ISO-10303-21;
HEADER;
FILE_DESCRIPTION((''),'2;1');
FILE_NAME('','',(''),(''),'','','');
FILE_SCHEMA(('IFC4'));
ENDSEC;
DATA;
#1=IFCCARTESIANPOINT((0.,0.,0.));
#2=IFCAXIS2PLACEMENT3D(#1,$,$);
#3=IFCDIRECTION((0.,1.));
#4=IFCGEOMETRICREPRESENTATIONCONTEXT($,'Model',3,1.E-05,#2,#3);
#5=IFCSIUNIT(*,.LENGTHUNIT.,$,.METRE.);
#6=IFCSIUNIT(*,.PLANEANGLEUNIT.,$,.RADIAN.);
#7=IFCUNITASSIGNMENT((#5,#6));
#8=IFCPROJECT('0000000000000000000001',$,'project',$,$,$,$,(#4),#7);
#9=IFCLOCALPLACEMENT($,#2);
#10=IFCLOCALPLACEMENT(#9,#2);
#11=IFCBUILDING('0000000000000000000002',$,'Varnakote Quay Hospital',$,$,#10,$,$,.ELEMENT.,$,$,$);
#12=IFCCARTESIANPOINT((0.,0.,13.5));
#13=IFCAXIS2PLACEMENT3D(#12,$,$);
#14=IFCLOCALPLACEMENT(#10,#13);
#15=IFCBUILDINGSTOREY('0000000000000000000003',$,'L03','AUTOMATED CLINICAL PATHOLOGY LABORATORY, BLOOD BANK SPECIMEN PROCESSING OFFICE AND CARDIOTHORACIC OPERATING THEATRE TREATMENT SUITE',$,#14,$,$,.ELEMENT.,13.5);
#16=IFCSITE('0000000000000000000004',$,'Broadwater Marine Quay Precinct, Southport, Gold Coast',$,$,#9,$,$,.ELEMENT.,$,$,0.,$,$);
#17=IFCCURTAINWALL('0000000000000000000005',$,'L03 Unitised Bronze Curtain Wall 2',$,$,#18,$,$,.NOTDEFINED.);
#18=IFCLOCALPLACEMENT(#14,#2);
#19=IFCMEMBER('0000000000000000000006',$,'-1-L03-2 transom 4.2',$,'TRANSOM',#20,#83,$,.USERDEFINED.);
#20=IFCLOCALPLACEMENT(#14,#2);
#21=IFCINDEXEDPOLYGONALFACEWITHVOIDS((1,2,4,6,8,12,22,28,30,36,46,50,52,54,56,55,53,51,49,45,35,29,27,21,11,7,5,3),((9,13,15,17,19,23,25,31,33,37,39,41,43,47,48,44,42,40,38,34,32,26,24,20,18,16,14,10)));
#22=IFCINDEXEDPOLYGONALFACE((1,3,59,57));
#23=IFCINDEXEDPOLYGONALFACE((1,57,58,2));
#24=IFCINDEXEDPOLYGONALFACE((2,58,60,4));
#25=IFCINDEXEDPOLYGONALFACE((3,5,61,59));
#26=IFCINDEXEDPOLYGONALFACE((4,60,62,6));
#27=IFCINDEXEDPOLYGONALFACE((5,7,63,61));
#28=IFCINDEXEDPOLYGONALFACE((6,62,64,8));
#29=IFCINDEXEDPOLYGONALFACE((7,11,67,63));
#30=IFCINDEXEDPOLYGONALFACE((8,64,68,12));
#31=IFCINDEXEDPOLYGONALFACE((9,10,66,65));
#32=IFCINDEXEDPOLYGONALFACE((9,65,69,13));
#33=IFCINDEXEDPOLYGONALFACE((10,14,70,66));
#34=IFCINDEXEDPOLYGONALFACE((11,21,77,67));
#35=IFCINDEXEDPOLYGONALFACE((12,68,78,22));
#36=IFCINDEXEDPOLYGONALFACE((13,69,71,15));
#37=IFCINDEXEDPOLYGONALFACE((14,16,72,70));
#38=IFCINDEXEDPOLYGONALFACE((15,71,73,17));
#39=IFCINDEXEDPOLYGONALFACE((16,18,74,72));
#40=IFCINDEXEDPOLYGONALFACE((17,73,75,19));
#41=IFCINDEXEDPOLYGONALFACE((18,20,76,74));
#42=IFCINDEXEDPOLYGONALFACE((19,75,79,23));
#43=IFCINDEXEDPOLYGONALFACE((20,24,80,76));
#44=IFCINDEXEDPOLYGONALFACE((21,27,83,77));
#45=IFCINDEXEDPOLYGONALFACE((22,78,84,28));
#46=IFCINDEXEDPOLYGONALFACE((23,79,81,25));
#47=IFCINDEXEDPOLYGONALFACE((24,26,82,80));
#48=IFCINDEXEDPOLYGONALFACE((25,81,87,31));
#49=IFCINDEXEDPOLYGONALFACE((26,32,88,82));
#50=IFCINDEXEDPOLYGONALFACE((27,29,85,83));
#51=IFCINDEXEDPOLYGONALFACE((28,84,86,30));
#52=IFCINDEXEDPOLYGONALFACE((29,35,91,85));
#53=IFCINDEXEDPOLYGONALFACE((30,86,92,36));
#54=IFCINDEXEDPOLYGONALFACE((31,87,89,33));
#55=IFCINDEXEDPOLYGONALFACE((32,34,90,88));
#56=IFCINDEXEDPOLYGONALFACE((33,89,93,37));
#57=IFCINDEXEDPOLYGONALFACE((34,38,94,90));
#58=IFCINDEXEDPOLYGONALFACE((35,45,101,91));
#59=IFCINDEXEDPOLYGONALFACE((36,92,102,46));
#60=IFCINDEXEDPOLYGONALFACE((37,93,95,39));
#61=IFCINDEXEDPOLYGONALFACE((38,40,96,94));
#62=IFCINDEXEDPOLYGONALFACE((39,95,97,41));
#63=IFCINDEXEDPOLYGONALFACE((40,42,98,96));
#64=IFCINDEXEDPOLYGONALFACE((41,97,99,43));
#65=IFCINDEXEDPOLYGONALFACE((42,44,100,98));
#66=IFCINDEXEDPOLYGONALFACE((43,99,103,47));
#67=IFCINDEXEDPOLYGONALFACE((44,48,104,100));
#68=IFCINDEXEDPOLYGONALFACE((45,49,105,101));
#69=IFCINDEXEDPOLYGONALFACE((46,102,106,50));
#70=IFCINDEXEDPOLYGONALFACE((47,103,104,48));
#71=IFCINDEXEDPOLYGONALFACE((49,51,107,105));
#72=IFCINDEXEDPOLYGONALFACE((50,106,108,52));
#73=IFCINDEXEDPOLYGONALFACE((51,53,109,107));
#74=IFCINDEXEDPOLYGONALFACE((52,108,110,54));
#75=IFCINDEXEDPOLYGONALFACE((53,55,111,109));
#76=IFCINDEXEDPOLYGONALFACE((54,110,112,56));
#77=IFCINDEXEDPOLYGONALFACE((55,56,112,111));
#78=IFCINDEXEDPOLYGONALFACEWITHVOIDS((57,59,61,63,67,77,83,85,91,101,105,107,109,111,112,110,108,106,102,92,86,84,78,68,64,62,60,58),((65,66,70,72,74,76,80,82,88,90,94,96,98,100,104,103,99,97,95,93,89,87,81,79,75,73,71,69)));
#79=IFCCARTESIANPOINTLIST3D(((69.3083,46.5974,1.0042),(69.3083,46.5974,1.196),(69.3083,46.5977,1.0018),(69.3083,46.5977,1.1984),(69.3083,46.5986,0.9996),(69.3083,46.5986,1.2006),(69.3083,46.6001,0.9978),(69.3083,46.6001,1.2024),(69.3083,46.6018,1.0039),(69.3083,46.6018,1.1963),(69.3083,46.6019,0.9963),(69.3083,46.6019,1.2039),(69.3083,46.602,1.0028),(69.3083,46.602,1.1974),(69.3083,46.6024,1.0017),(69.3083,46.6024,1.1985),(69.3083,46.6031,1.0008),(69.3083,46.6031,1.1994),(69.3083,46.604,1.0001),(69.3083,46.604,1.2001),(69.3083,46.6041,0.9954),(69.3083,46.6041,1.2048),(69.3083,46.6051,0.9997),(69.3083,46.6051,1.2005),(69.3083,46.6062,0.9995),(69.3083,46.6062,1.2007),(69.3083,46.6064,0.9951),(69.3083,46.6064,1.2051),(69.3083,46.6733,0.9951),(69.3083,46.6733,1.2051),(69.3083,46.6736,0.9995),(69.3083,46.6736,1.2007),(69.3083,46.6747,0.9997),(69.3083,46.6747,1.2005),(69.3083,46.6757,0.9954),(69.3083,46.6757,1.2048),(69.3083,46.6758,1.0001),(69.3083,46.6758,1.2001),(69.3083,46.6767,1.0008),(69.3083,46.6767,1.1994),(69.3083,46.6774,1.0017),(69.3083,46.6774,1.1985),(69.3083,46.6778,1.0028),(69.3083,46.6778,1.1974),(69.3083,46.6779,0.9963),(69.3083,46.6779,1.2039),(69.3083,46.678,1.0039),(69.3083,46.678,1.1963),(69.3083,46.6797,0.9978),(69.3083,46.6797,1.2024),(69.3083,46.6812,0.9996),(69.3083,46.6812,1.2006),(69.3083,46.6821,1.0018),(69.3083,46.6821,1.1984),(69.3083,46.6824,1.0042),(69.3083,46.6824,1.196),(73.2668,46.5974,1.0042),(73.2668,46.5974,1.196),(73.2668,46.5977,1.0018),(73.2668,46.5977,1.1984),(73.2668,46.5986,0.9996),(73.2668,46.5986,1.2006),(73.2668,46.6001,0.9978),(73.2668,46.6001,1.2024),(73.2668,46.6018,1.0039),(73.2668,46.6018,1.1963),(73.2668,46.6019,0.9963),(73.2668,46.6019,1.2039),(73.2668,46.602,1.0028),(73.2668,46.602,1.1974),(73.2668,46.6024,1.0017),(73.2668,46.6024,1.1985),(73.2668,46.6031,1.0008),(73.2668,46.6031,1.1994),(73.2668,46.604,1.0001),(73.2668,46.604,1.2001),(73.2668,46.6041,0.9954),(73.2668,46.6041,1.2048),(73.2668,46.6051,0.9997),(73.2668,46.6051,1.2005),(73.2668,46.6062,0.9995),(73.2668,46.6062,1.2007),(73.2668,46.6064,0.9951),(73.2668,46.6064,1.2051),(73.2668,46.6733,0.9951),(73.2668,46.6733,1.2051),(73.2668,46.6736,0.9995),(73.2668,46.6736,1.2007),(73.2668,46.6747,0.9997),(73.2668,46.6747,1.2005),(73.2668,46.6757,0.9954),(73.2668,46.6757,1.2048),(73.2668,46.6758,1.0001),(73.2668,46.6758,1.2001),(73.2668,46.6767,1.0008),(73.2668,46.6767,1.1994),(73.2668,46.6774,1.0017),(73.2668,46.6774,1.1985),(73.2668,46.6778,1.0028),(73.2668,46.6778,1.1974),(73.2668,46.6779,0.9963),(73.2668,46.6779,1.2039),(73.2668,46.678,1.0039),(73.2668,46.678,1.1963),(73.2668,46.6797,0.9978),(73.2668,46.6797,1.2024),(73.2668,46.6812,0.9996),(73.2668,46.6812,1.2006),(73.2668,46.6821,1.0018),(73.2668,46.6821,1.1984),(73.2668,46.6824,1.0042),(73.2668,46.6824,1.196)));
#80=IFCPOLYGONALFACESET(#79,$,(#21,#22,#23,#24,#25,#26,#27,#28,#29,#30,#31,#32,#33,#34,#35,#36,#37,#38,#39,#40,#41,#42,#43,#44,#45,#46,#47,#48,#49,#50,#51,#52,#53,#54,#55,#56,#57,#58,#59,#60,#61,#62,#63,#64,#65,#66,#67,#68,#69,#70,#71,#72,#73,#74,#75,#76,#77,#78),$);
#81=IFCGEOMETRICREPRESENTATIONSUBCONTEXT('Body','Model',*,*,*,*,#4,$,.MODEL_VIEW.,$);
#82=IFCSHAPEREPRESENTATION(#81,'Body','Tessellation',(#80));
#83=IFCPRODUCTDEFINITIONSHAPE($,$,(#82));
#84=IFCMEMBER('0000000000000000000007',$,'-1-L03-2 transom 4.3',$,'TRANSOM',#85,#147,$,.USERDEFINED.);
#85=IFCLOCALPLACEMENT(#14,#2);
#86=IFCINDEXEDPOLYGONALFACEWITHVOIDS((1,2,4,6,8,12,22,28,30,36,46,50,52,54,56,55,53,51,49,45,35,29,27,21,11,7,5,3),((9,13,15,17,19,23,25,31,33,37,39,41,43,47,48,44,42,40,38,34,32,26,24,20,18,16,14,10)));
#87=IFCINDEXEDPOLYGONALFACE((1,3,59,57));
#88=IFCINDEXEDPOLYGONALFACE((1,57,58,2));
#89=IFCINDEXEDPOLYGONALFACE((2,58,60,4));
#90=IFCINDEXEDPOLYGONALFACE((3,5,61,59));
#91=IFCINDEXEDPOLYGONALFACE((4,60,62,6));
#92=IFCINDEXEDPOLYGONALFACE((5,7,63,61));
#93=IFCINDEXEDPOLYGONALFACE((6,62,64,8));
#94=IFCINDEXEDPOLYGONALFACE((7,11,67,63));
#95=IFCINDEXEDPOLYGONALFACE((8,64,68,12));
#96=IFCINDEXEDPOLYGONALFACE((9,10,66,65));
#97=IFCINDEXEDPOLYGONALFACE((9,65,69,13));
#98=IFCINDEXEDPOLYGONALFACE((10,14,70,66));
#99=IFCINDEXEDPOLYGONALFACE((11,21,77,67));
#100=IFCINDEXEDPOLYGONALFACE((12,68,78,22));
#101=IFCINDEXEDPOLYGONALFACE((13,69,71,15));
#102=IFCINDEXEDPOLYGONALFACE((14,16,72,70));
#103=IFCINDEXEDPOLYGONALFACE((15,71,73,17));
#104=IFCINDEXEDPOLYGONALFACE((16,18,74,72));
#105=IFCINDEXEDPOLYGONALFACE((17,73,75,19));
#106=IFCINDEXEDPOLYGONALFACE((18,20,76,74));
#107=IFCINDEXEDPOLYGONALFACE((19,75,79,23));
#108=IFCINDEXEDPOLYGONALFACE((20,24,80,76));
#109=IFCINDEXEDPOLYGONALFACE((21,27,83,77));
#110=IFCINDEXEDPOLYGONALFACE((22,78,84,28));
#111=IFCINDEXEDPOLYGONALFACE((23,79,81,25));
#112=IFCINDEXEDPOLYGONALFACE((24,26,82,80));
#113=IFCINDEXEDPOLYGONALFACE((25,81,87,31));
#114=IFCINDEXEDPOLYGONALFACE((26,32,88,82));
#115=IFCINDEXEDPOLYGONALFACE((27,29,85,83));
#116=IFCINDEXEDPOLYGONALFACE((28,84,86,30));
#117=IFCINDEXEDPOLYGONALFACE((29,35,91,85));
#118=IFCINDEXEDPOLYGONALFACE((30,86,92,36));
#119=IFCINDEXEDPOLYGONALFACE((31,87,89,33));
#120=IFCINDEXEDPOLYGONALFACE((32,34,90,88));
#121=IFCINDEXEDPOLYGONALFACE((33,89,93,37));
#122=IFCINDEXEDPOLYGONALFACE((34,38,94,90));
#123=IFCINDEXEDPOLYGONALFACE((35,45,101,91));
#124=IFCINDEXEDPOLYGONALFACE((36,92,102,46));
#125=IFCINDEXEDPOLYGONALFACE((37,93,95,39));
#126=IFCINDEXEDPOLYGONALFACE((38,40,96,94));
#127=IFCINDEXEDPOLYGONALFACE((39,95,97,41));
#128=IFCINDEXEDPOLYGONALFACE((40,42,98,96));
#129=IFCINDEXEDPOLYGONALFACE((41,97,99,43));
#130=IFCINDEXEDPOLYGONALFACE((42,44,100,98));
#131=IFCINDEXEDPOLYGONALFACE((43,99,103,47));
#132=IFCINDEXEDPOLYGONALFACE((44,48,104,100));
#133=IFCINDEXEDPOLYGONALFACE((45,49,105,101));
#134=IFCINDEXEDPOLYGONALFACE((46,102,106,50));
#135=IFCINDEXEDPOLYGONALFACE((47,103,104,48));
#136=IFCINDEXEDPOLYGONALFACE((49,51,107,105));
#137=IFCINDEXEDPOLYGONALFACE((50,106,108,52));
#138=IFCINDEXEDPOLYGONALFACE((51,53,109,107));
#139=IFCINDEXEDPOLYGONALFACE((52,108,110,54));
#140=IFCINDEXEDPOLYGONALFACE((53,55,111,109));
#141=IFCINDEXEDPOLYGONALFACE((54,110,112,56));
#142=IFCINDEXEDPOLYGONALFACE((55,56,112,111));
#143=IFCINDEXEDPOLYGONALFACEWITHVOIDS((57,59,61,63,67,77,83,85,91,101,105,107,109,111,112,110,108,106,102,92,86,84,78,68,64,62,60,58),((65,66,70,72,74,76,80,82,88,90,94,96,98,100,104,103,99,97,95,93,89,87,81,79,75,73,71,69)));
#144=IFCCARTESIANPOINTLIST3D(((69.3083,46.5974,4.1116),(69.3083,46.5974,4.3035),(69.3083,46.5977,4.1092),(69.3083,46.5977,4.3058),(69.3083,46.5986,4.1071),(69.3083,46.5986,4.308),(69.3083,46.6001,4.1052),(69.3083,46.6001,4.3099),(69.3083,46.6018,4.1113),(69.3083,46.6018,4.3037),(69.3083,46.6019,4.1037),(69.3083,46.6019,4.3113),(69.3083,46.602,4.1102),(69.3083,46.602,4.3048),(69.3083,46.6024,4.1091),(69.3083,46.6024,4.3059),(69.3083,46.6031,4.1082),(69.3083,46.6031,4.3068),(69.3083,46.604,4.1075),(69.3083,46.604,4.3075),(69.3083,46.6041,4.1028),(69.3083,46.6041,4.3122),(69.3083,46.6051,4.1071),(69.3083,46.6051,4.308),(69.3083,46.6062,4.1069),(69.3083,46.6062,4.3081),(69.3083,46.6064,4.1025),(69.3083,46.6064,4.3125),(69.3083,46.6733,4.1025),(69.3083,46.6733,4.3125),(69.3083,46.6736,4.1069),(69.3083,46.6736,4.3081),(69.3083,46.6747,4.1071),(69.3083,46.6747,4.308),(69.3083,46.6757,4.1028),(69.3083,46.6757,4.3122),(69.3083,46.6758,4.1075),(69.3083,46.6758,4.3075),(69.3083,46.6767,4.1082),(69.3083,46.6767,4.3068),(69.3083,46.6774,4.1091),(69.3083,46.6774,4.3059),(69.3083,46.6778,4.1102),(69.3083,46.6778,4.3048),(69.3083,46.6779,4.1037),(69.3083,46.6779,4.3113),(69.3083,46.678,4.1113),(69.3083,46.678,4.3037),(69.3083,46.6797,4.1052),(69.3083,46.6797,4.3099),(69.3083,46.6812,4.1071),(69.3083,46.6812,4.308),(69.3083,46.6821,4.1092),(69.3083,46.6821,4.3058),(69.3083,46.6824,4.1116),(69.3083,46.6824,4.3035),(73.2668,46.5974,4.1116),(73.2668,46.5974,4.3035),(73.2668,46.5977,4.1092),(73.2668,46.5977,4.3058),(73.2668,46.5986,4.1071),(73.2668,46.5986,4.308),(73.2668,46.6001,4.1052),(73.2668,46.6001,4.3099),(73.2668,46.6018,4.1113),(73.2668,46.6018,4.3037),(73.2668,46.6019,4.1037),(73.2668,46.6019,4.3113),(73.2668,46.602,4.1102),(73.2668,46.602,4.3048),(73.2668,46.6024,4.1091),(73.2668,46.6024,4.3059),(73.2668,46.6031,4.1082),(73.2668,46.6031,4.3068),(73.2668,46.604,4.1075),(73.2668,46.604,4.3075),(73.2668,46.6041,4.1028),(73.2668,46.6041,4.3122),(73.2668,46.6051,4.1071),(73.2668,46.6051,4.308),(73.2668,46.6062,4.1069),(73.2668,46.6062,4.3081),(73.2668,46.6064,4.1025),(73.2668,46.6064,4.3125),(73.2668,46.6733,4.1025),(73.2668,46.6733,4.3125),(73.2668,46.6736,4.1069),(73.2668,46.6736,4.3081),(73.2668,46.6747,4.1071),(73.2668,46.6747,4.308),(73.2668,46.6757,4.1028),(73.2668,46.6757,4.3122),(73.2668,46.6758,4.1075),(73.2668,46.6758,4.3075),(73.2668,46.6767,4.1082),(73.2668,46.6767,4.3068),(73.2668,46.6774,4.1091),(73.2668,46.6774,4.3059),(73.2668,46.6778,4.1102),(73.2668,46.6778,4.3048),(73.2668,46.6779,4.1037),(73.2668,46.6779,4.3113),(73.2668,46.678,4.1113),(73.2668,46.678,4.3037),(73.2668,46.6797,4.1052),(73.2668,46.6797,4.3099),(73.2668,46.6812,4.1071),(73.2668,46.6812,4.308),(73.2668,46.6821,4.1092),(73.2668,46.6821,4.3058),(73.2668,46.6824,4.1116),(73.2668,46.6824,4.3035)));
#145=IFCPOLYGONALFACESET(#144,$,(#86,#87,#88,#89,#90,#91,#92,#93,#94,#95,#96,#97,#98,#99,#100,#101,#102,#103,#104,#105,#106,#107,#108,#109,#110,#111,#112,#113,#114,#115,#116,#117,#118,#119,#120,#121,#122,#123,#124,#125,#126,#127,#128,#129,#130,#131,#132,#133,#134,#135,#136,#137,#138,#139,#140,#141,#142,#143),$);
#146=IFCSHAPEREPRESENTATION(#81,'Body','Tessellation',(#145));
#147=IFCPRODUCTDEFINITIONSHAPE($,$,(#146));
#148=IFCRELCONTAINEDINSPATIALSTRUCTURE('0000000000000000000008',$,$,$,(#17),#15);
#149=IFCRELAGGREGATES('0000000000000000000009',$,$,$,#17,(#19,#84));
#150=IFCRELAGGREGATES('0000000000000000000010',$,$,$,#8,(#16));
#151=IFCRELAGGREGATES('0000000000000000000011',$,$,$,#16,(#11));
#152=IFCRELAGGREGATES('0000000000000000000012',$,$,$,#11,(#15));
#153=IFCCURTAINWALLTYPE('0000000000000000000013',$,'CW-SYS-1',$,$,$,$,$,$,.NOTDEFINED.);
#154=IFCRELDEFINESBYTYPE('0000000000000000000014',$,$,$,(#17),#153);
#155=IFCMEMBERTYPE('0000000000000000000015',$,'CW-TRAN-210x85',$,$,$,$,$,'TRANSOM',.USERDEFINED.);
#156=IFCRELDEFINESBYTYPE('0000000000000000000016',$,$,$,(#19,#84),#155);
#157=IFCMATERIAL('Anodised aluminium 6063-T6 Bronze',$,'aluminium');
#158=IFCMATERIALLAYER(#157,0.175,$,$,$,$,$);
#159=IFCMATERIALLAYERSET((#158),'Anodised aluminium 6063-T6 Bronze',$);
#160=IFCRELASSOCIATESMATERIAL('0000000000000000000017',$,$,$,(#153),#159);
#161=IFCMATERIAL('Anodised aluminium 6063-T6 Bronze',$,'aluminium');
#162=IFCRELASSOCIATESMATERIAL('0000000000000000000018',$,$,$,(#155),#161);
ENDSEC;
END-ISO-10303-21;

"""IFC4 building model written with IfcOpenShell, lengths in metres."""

from ifc_helpers import new_model, si_unit, direction, frame, origin, origin_2d, place, context, subcontext, project, spatial, hollow_rectangle, extrude, material, layer, layer_set, material_profile, profile_set, type_object, element, aggregate, save


model = new_model("IFC4")

# Units and contexts
model_context = context("Model", 3, precision=1e-05, world=origin(), true_north=direction((0.0, 1.0)))
body_context = subcontext(model_context, "Body", "Model", "MODEL_VIEW")
ifc_project = project(units=[si_unit("LENGTHUNIT", "METRE"), si_unit("PLANEANGLEUNIT", "RADIAN")], contexts=[model_context])

# Site, building, storey
site_placement = place(None, origin())
site = spatial("IfcSite", under=ifc_project, at=site_placement, Name="Broadwater Marine Quay Precinct, Southport, Gold Coast", CompositionType="ELEMENT", RefElevation=0.0)
building_placement = place(site_placement, origin())
building = spatial("IfcBuilding", under=site, at=building_placement, Name="Varnakote Quay Hospital", CompositionType="ELEMENT")
storey_placement = place(building_placement, frame((0.0, 0.0, 13.5)))
storey = spatial("IfcBuildingStorey", under=building, at=storey_placement, Name="L03", Description="AUTOMATED CLINICAL PATHOLOGY LABORATORY, BLOOD BANK SPECIMEN PROCESSING OFFICE AND CARDIOTHORACIC OPERATING THEATRE TREATMENT SUITE", CompositionType="ELEMENT", Elevation=13.5)

# Curtain wall, members
ifc_material_1 = material(Name="Anodised aluminium 6063-T6 Bronze", Category="aluminium")
ifc_layer_1 = layer(ifc_material_1, 0.175)
ifc_layer_set_1 = layer_set([ifc_layer_1], Name="Anodised aluminium 6063-T6 Bronze")
curtain_wall_type = type_object("IfcCurtainWallType", Name="CW-SYS-1", PredefinedType="NOTDEFINED", material=ifc_layer_set_1)
curtain_wall_placement = place(storey_placement, origin())
curtain_wall = element("IfcCurtainWall", 1, at=curtain_wall_placement, inside=storey, type_object=curtain_wall_type, Name="L03 Unitised Bronze Curtain Wall 2", PredefinedType="NOTDEFINED")
ifc_material_2 = material(Name="Anodised aluminium 6063-T6 Bronze", Category="aluminium")
ifc_material_profile_1 = material_profile(ifc_material_2, hollow_rectangle(XDim=0.085, YDim=0.21, WallThickness=0.0044, InnerFilletRadius=0.0044, OuterFilletRadius=0.009, at=origin_2d()), Name="CW-TRAN-210x85")
ifc_profile_set_1 = profile_set([ifc_material_profile_1], Name="Anodised aluminium 6063-T6 Bronze")
member_type_1 = type_object("IfcMemberType", Name="CW-TRAN-210x85", ElementType="TRANSOM", PredefinedType="USERDEFINED", material=ifc_profile_set_1)
member_1_placement = place(storey_placement, frame((73.2668, 46.6399, 1.1001), z_axis=(-1.0, 0.0, 0.0), x_axis=(0.0, -1.0, 0.0)))
member_1 = element("IfcMember", 2, at=member_1_placement, type_object=member_type_1, Name="-1-L03-2 transom 4.2", ObjectType="TRANSOM", PredefinedType="USERDEFINED", context=body_context, shape_type="SweptSolid", body=[
    extrude(hollow_rectangle(XDim=0.085, YDim=0.21, WallThickness=0.0044, InnerFilletRadius=0.0044, OuterFilletRadius=0.009, at=origin_2d()), origin(), (0.0, 0.0, 1.0), 3.9585),
])
member_2_placement = place(storey_placement, frame((73.2668, 46.6399, 4.2075), z_axis=(-1.0, 0.0, 0.0), x_axis=(0.0, -1.0, 0.0)))
member_2 = element("IfcMember", 3, at=member_2_placement, type_object=member_type_1, Name="-1-L03-2 transom 4.3", ObjectType="TRANSOM", PredefinedType="USERDEFINED", context=body_context, shape_type="SweptSolid", body=[
    extrude(hollow_rectangle(XDim=0.085, YDim=0.21, WallThickness=0.0044, InnerFilletRadius=0.0044, OuterFilletRadius=0.009, at=origin_2d()), origin(), (0.0, 0.0, 1.0), 3.9585),
])

aggregate(curtain_wall, [member_1, member_2])

save(model, "model.ifc")
